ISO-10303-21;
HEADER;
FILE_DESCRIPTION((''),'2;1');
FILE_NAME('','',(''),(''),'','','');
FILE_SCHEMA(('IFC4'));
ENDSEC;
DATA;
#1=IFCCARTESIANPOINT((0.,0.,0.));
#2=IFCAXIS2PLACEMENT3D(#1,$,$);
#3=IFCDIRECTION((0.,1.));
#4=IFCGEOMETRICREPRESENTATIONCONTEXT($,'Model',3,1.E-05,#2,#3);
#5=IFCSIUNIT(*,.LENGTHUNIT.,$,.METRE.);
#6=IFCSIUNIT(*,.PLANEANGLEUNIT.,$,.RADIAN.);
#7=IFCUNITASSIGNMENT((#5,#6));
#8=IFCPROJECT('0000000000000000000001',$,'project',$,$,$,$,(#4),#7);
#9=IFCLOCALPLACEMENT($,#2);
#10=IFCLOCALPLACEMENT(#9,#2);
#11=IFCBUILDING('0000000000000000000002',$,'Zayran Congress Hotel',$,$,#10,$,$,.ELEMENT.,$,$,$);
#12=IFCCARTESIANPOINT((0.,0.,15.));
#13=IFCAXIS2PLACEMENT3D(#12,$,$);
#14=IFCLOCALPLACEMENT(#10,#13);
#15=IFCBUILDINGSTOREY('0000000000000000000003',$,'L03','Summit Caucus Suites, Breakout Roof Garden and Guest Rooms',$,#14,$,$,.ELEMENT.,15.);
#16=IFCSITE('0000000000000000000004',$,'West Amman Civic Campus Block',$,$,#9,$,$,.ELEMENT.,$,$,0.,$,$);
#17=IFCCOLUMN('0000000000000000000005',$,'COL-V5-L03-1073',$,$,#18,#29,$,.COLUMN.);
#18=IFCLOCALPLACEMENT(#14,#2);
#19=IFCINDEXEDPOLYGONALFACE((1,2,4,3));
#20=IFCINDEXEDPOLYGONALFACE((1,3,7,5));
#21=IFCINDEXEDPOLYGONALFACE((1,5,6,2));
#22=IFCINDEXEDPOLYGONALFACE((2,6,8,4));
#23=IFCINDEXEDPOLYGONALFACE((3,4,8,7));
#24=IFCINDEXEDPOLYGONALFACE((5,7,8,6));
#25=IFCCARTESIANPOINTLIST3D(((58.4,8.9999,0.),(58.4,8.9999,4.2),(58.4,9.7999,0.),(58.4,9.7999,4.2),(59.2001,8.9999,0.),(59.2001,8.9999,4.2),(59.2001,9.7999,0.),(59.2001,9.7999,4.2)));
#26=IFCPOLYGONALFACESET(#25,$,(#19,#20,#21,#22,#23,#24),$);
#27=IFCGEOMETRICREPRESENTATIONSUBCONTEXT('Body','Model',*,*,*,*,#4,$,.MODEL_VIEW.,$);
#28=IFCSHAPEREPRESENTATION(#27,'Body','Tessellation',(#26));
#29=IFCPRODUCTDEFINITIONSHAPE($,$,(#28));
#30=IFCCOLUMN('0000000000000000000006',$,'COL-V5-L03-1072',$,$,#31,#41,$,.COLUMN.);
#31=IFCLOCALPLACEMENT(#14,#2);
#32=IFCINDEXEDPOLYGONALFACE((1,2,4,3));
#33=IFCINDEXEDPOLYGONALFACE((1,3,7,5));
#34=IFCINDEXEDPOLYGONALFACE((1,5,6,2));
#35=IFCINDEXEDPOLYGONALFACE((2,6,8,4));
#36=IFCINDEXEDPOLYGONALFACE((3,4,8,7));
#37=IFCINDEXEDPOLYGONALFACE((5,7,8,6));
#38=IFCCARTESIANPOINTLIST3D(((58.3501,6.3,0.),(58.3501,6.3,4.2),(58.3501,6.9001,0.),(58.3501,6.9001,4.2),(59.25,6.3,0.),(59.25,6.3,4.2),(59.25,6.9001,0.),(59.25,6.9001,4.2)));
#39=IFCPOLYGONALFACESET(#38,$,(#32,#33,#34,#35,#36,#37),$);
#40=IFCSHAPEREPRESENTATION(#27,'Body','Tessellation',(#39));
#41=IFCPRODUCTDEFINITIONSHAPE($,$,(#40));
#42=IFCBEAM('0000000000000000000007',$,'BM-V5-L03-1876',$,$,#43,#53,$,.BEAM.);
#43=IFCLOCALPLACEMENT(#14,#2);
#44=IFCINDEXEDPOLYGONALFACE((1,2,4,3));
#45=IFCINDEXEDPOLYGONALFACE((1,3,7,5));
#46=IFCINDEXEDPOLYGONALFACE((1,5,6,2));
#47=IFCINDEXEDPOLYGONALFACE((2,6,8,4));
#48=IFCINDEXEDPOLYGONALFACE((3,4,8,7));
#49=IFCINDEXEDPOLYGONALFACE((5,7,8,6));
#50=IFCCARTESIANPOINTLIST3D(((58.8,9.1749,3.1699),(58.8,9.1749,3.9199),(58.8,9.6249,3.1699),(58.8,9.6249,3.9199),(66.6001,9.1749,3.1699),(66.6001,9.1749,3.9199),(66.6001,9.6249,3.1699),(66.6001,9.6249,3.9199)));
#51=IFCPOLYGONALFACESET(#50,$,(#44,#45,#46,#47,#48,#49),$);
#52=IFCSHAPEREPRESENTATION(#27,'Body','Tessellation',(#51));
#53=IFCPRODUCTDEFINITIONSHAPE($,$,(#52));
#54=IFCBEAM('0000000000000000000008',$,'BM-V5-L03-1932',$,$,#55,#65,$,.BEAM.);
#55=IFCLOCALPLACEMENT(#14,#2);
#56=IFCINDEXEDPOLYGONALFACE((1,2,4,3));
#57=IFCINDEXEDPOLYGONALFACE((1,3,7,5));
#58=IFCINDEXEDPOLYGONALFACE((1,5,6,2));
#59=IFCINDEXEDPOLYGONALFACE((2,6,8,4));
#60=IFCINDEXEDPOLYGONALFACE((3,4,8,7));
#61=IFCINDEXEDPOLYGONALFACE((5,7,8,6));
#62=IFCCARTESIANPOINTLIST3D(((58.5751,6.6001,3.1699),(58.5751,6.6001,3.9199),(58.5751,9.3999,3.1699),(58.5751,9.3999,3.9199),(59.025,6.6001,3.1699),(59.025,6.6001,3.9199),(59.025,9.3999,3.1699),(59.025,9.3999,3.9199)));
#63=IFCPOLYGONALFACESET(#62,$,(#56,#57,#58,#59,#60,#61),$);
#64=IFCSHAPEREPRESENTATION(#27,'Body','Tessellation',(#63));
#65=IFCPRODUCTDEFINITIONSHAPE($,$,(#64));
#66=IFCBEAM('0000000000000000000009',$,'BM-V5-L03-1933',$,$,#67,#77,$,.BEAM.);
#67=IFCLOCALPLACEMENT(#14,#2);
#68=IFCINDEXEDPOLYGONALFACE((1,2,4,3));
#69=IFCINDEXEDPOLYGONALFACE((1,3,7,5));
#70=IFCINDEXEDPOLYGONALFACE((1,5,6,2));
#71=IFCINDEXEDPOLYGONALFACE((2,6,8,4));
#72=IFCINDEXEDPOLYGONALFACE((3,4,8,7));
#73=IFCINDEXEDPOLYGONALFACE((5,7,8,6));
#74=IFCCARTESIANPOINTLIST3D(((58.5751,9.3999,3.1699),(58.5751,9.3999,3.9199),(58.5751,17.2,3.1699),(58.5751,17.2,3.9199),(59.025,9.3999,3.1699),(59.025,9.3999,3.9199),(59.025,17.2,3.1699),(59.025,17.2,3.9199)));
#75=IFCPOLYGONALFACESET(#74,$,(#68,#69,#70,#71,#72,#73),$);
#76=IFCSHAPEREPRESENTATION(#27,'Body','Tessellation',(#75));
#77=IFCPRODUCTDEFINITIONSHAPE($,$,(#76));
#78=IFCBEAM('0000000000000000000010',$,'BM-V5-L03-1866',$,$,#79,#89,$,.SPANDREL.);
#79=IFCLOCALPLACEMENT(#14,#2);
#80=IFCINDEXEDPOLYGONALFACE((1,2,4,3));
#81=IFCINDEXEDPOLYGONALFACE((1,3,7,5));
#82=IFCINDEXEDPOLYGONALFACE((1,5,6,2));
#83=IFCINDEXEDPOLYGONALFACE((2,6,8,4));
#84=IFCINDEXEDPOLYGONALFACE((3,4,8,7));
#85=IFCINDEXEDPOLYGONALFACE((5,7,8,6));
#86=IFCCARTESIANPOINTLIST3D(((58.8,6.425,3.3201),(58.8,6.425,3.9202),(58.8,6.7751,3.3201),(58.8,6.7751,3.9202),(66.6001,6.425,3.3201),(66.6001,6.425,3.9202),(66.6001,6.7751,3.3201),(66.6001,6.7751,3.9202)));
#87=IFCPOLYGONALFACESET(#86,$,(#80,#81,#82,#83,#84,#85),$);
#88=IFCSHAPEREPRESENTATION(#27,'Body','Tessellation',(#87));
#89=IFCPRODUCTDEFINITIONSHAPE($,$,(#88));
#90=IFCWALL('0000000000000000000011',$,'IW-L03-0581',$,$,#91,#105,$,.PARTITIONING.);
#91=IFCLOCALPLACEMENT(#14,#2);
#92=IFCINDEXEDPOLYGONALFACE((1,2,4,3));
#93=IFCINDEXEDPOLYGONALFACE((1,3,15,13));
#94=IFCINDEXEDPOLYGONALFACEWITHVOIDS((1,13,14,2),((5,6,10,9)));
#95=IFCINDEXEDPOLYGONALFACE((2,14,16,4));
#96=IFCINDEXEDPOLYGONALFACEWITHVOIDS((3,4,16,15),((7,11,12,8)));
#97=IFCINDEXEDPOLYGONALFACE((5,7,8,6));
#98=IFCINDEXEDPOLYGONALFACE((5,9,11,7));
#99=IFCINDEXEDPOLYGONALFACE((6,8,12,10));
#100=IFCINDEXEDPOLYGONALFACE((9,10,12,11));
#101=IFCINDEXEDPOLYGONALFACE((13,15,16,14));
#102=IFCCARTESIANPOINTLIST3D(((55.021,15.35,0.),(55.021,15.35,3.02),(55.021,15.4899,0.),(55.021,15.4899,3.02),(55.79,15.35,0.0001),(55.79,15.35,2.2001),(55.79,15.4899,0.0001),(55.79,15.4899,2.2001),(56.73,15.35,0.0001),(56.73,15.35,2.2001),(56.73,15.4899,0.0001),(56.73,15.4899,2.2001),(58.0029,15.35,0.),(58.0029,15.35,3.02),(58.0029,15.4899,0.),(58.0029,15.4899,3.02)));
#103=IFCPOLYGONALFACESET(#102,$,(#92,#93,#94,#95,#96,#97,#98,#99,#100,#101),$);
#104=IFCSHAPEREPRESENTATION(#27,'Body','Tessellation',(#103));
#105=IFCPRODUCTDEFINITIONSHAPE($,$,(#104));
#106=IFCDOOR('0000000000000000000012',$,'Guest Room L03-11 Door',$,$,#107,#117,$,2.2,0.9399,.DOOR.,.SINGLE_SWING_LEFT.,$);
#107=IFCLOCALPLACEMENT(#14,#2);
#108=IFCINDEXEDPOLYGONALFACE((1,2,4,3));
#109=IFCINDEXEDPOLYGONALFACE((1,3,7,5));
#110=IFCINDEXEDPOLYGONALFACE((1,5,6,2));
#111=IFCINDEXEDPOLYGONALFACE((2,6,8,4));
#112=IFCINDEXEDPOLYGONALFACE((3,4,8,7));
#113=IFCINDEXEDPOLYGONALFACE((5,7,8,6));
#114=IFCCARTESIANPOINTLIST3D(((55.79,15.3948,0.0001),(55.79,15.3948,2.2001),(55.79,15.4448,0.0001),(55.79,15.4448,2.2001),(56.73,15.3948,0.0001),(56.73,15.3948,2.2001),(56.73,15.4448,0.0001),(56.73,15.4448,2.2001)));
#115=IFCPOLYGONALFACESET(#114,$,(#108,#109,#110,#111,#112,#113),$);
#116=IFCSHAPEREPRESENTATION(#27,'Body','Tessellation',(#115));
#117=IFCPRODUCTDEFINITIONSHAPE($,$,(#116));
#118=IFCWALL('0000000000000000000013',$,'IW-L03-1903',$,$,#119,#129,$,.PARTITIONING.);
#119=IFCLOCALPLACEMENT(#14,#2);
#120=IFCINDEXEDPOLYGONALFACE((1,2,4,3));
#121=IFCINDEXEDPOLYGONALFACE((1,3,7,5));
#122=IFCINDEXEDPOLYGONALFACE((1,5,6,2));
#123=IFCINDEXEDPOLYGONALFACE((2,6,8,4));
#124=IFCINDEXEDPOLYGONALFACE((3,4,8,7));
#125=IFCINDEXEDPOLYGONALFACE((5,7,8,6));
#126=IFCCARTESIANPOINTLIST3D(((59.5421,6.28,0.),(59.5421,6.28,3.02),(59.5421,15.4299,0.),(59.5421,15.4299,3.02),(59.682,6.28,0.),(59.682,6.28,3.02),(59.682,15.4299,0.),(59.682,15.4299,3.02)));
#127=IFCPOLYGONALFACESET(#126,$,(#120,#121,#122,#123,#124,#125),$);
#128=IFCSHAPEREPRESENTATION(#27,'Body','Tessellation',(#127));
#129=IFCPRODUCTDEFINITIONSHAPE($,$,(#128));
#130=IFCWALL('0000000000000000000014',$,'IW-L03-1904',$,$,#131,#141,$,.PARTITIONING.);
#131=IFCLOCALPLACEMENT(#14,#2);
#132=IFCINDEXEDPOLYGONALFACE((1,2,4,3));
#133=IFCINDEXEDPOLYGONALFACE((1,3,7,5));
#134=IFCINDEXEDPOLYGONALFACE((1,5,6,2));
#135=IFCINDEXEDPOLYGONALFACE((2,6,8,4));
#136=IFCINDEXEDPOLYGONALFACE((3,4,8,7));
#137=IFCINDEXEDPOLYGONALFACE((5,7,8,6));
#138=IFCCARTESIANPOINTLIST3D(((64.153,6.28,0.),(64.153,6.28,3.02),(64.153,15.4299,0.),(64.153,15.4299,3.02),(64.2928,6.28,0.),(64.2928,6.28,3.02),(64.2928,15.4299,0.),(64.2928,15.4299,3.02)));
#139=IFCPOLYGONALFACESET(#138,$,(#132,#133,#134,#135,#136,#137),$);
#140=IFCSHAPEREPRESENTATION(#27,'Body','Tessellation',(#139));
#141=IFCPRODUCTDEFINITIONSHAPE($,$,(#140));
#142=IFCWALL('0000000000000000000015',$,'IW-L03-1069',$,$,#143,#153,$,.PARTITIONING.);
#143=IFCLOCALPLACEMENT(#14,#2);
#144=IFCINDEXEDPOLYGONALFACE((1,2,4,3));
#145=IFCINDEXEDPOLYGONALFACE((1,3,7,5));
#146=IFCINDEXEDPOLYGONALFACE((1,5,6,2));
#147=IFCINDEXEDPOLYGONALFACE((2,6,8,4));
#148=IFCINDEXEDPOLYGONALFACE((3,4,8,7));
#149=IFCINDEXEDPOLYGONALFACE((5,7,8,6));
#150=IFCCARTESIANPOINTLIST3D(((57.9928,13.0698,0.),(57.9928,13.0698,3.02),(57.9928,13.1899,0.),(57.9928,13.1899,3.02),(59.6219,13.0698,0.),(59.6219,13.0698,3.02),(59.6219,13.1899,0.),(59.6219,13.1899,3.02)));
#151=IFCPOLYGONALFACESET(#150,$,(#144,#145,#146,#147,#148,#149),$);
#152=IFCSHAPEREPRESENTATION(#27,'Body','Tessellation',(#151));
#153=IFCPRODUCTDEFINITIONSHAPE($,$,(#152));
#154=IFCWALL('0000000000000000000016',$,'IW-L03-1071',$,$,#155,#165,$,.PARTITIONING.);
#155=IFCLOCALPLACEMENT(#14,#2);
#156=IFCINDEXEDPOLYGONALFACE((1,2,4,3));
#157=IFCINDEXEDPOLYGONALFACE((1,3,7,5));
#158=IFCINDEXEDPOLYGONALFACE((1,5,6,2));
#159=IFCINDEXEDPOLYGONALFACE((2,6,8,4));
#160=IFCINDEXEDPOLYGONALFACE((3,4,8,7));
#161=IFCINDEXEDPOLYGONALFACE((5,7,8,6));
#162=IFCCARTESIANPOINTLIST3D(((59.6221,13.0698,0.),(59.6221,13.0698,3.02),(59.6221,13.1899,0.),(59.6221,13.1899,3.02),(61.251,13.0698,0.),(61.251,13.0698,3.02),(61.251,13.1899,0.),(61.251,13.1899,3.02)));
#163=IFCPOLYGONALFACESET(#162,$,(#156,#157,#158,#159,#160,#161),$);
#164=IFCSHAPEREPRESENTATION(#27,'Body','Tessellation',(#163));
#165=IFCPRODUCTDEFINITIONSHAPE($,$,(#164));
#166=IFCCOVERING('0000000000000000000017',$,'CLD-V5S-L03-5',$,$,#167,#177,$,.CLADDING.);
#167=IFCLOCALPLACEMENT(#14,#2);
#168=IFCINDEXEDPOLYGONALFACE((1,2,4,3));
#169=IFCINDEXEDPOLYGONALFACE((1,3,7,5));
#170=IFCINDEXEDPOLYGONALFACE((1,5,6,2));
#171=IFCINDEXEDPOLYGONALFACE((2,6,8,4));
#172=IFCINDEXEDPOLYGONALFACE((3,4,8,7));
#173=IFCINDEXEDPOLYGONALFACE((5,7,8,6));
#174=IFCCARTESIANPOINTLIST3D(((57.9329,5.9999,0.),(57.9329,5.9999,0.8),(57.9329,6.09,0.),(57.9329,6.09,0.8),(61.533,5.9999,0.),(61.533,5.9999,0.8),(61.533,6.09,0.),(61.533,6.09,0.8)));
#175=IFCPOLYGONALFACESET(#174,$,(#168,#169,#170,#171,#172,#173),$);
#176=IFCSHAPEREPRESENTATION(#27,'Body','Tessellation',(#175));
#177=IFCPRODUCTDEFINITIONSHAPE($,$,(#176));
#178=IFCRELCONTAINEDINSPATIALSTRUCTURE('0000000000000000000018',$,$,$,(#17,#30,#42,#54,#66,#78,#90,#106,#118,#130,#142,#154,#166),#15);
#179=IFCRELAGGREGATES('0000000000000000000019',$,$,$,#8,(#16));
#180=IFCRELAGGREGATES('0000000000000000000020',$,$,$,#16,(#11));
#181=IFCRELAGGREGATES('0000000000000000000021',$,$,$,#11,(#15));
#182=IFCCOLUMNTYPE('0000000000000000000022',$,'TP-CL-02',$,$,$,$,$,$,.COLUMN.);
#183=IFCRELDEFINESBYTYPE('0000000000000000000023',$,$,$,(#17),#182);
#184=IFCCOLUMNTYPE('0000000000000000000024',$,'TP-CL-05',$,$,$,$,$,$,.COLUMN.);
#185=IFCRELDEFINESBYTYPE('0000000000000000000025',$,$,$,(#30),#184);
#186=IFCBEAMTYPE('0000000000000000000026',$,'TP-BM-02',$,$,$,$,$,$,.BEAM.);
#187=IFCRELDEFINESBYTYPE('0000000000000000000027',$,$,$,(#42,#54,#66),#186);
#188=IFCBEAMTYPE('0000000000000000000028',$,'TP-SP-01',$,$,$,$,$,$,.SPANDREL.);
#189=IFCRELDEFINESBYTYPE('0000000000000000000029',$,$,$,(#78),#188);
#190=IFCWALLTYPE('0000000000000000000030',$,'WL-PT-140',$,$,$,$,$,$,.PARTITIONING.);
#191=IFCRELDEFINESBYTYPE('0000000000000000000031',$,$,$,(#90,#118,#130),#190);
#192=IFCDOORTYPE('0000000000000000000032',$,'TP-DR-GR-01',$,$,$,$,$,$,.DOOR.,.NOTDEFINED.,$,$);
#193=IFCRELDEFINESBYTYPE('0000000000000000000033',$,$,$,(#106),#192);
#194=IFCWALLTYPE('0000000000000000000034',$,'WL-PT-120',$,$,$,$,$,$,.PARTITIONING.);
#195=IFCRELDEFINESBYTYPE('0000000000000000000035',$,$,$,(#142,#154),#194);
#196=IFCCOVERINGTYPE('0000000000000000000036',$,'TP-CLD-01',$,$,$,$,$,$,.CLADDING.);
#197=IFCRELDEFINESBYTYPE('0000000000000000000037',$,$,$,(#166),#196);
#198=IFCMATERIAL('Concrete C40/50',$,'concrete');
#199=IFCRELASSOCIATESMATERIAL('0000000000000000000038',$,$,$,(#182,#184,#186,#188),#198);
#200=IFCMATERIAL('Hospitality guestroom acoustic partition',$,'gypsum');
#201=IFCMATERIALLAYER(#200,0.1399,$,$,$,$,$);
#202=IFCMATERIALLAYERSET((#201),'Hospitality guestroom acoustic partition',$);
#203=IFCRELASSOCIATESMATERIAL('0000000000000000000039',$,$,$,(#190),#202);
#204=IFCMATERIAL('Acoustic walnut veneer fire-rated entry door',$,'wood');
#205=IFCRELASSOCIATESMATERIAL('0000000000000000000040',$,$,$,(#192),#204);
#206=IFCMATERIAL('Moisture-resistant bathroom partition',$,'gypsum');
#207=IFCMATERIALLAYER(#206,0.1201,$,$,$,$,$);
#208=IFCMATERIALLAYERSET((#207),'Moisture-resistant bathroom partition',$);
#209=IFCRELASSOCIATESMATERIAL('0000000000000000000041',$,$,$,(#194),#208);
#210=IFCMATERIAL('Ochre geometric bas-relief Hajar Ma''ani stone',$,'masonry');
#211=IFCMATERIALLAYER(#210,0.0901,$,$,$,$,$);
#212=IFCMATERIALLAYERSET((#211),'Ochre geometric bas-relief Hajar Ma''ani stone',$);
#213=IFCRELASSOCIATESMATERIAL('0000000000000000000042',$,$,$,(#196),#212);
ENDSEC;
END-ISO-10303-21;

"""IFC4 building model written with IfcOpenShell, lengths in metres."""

from ifc_helpers import new_model, si_unit, direction, frame, frame_2d, origin, origin_2d, place, context, subcontext, project, spatial, rectangle, extrude, material, layer, layer_set, material_profile, profile_set, type_object, element, fill, save


model = new_model("IFC4")

# Units and contexts
model_context = context("Model", 3, precision=1e-05, world=origin(), true_north=direction((0.0, 1.0)))
body_context = subcontext(model_context, "Body", "Model", "MODEL_VIEW")
ifc_project = project(units=[si_unit("LENGTHUNIT", "METRE"), si_unit("PLANEANGLEUNIT", "RADIAN")], contexts=[model_context])

# Site, building, storey
site_placement = place(None, origin())
site = spatial("IfcSite", under=ifc_project, at=site_placement, Name="West Amman Civic Campus Block", CompositionType="ELEMENT", RefElevation=0.0)
building_placement = place(site_placement, origin())
building = spatial("IfcBuilding", under=site, at=building_placement, Name="Zayran Congress Hotel", CompositionType="ELEMENT")
storey_placement = place(building_placement, frame((0.0, 0.0, 15.0)))
storey = spatial("IfcBuildingStorey", under=building, at=storey_placement, Name="L03", Description="Summit Caucus Suites, Breakout Roof Garden and Guest Rooms", CompositionType="ELEMENT", Elevation=15.0)

# Columns
ifc_material_1 = material(Name="Concrete C40/50", Category="concrete")
ifc_material_profile_1 = material_profile(ifc_material_1, rectangle(XDim=0.8, YDim=0.8, at=origin_2d()), Name="RC 800x800")
ifc_profile_set_1 = profile_set([ifc_material_profile_1], Name="Concrete C40/50")
column_type_1 = type_object("IfcColumnType", Name="TP-CL-02", PredefinedType="COLUMN", material=ifc_profile_set_1)
column_1_placement = place(storey_placement, frame((58.8, 9.3999, 0.0), z_axis=(0.0, 0.0, 1.0), x_axis=(1.0, 0.0, 0.0)))
element("IfcColumn", 1, at=column_1_placement, inside=storey, type_object=column_type_1, Name="COL-V5-L03-1073", PredefinedType="COLUMN", context=body_context, shape_type="SweptSolid", body=[
    extrude(rectangle(XDim=0.8, YDim=0.8, at=origin_2d()), origin(), (0.0, 0.0, 1.0), 4.2),
])
ifc_material_profile_2 = material_profile(ifc_material_1, rectangle(XDim=0.6001, YDim=0.8999, at=origin_2d()), Name="RC 900x600")
ifc_profile_set_2 = profile_set([ifc_material_profile_2], Name="Concrete C40/50")
column_type_2 = type_object("IfcColumnType", Name="TP-CL-05", PredefinedType="COLUMN", material=ifc_profile_set_2)
column_2_placement = place(storey_placement, frame((58.8, 6.6001, 0.0), z_axis=(0.0, 0.0, 1.0), x_axis=(0.0, 1.0, 0.0)))
element("IfcColumn", 2, at=column_2_placement, inside=storey, type_object=column_type_2, Name="COL-V5-L03-1072", PredefinedType="COLUMN", context=body_context, shape_type="SweptSolid", body=[
    extrude(rectangle(XDim=0.6001, YDim=0.8999, at=origin_2d()), origin(), (0.0, 0.0, 1.0), 4.2),
])

# Beams
ifc_material_profile_3 = material_profile(ifc_material_1, rectangle(XDim=0.45, YDim=0.75, at=origin_2d()), Name="RC 450x750")
ifc_profile_set_3 = profile_set([ifc_material_profile_3], Name="Concrete C40/50")
beam_type_1 = type_object("IfcBeamType", Name="TP-BM-02", PredefinedType="BEAM", material=ifc_profile_set_3)
beam_1_placement = place(storey_placement, frame((58.8, 9.3999, 3.5449), z_axis=(1.0, 0.0, 0.0), x_axis=(0.0, 1.0, 0.0)))
element("IfcBeam", 3, at=beam_1_placement, inside=storey, type_object=beam_type_1, Name="BM-V5-L03-1876", PredefinedType="BEAM", context=body_context, shape_type="SweptSolid", body=[
    extrude(rectangle(XDim=0.45, YDim=0.75, at=origin_2d()), origin(), (0.0, 0.0, 1.0), 7.8),
])
beam_2_placement = place(storey_placement, frame((58.8, 6.6001, 3.5449), z_axis=(0.0, 1.0, 0.0), x_axis=(-1.0, 0.0, 0.0)))
element("IfcBeam", 4, at=beam_2_placement, inside=storey, type_object=beam_type_1, Name="BM-V5-L03-1932", PredefinedType="BEAM", context=body_context, shape_type="SweptSolid", body=[
    extrude(rectangle(XDim=0.45, YDim=0.75, at=origin_2d()), origin(), (0.0, 0.0, 1.0), 2.7998),
])
beam_3_placement = place(storey_placement, frame((58.8, 9.3999, 3.5449), z_axis=(0.0, 1.0, 0.0), x_axis=(-1.0, 0.0, 0.0)))
element("IfcBeam", 5, at=beam_3_placement, inside=storey, type_object=beam_type_1, Name="BM-V5-L03-1933", PredefinedType="BEAM", context=body_context, shape_type="SweptSolid", body=[
    extrude(rectangle(XDim=0.45, YDim=0.75, at=origin_2d()), origin(), (0.0, 0.0, 1.0), 7.8),
])
ifc_material_profile_4 = material_profile(ifc_material_1, rectangle(XDim=0.3501, YDim=0.6001, at=origin_2d()), Name="RC 350x600")
ifc_profile_set_4 = profile_set([ifc_material_profile_4], Name="Concrete C40/50")
beam_type_2 = type_object("IfcBeamType", Name="TP-SP-01", PredefinedType="SPANDREL", material=ifc_profile_set_4)
beam_4_placement = place(storey_placement, frame((58.8, 6.6001, 3.6201), z_axis=(1.0, 0.0, 0.0), x_axis=(0.0, 1.0, 0.0)))
element("IfcBeam", 6, at=beam_4_placement, inside=storey, type_object=beam_type_2, Name="BM-V5-L03-1866", PredefinedType="SPANDREL", context=body_context, shape_type="SweptSolid", body=[
    extrude(rectangle(XDim=0.3501, YDim=0.6001, at=origin_2d()), origin(), (0.0, 0.0, 1.0), 7.8),
])

# Wall, opening, door
ifc_material_2 = material(Name="Hospitality guestroom acoustic partition", Category="gypsum")
ifc_layer_1 = layer(ifc_material_2, 0.1399)
ifc_layer_set_1 = layer_set([ifc_layer_1], Name="Hospitality guestroom acoustic partition")
wall_type_1 = type_object("IfcWallType", Name="WL-PT-140", PredefinedType="PARTITIONING", material=ifc_layer_set_1)
wall_1_placement = place(storey_placement, frame((55.021, 15.4199, 0.0), z_axis=(0.0, 0.0, 1.0), x_axis=(1.0, 0.0, 0.0)))
wall_1 = element("IfcWall", 7, at=wall_1_placement, inside=storey, type_object=wall_type_1, Name="IW-L03-0581", PredefinedType="PARTITIONING", context=body_context, shape_type="SweptSolid", body=[
    extrude(rectangle(XDim=2.9819, YDim=0.1399, at=frame_2d((1.491, 0.0))), origin(), (0.0, 0.0, 1.0), 3.02),
])
opening_1_placement = place(wall_1_placement, frame((0.769, 0.0, 0.0)))
opening_1 = element("IfcOpeningElement", 8, at=opening_1_placement, cuts=wall_1, PredefinedType="OPENING", context=body_context, shape_type="SweptSolid", body=[
    extrude(rectangle(XDim=0.9399, YDim=2.2, at=frame_2d((0.47, 1.1001))), frame((0.0, 0.0798, 0.0), z_axis=(0.0, -1.0, 0.0), x_axis=(1.0, 0.0, 0.0)), (0.0, 0.0, 1.0), 0.1599),
])
ifc_material_3 = material(Name="Acoustic walnut veneer fire-rated entry door", Category="wood")
door_type_1 = type_object("IfcDoorType", Name="TP-DR-GR-01", OperationType="NOTDEFINED", PredefinedType="DOOR", material=ifc_material_3)
door_1_placement = place(opening_1_placement, origin())
door_1 = element("IfcDoor", 9, at=door_1_placement, inside=storey, type_object=door_type_1, Name="Guest Room L03-11 Door", OperationType="SINGLE_SWING_LEFT", OverallHeight=2.2, OverallWidth=0.9399, PredefinedType="DOOR", context=body_context, shape_type="SweptSolid", body=[
    extrude(rectangle(XDim=0.9399, YDim=2.2, at=frame_2d((0.47, 1.1001))), frame((0.0, 0.0249, 0.0), z_axis=(0.0, -1.0, 0.0), x_axis=(1.0, 0.0, 0.0)), (0.0, 0.0, 1.0), 0.05),
])
fill(opening_1, door_1)

# Walls
for number, where, z_axis, x_axis, name in (
    (10, (59.6121, 6.28, 0.0), (0.0, 0.0, 1.0), (0.0, 1.0, 0.0), "IW-L03-1903"),
    (11, (64.2229, 6.28, 0.0), (0.0, 0.0, 1.0), (0.0, 1.0, 0.0), "IW-L03-1904"),
):
    element("IfcWall", number, at=place(storey_placement, frame(where, z_axis=z_axis, x_axis=x_axis)), inside=storey, type_object=wall_type_1, Name=name, PredefinedType="PARTITIONING", context=body_context, shape_type="SweptSolid", body=[
        extrude(rectangle(XDim=9.1499, YDim=0.1399, at=frame_2d((4.575, 0.0))), origin(), (0.0, 0.0, 1.0), 3.02),
    ])

# Shared definitions
ifc_material_4 = material(Name="Moisture-resistant bathroom partition", Category="gypsum")
ifc_layer_2 = layer(ifc_material_4, 0.1201)
ifc_layer_set_2 = layer_set([ifc_layer_2], Name="Moisture-resistant bathroom partition")
wall_type_2 = type_object("IfcWallType", Name="WL-PT-120", PredefinedType="PARTITIONING", material=ifc_layer_set_2)

# Walls
wall_2_placement = place(storey_placement, frame((57.9929, 13.1299, 0.0), z_axis=(0.0, 0.0, 1.0), x_axis=(1.0, 0.0, 0.0)))
element("IfcWall", 12, at=wall_2_placement, inside=storey, type_object=wall_type_2, Name="IW-L03-1069", PredefinedType="PARTITIONING", context=body_context, shape_type="SweptSolid", body=[
    extrude(rectangle(XDim=1.6292, YDim=0.1201, at=frame_2d((0.8145, 0.0))), origin(), (0.0, 0.0, 1.0), 3.02),
])
wall_3_placement = place(storey_placement, frame((59.6221, 13.1299, 0.0), z_axis=(0.0, 0.0, 1.0), x_axis=(1.0, 0.0, 0.0)))
element("IfcWall", 13, at=wall_3_placement, inside=storey, type_object=wall_type_2, Name="IW-L03-1071", PredefinedType="PARTITIONING", context=body_context, shape_type="SweptSolid", body=[
    extrude(rectangle(XDim=1.6289, YDim=0.1201, at=frame_2d((0.8145, 0.0))), origin(), (0.0, 0.0, 1.0), 3.02),
])

# Covering
ifc_material_5 = material(Name="Ochre geometric bas-relief Hajar Ma'ani stone", Category="masonry")
ifc_layer_3 = layer(ifc_material_5, 0.0901)
ifc_layer_set_3 = layer_set([ifc_layer_3], Name="Ochre geometric bas-relief Hajar Ma'ani stone")
covering_type = type_object("IfcCoveringType", Name="TP-CLD-01", PredefinedType="CLADDING", material=ifc_layer_set_3)
covering_placement = place(storey_placement, frame((59.7329, 6.0449, 0.0), z_axis=(0.0, 0.0, 1.0), x_axis=(1.0, 0.0, 0.0)))
element("IfcCovering", 14, at=covering_placement, inside=storey, type_object=covering_type, Name="CLD-V5S-L03-5", PredefinedType="CLADDING", context=body_context, shape_type="SweptSolid", body=[
    extrude(rectangle(XDim=3.6001, YDim=0.0901, at=origin_2d()), origin(), (0.0, 0.0, 1.0), 0.8),
])

save(model, "model.ifc")
